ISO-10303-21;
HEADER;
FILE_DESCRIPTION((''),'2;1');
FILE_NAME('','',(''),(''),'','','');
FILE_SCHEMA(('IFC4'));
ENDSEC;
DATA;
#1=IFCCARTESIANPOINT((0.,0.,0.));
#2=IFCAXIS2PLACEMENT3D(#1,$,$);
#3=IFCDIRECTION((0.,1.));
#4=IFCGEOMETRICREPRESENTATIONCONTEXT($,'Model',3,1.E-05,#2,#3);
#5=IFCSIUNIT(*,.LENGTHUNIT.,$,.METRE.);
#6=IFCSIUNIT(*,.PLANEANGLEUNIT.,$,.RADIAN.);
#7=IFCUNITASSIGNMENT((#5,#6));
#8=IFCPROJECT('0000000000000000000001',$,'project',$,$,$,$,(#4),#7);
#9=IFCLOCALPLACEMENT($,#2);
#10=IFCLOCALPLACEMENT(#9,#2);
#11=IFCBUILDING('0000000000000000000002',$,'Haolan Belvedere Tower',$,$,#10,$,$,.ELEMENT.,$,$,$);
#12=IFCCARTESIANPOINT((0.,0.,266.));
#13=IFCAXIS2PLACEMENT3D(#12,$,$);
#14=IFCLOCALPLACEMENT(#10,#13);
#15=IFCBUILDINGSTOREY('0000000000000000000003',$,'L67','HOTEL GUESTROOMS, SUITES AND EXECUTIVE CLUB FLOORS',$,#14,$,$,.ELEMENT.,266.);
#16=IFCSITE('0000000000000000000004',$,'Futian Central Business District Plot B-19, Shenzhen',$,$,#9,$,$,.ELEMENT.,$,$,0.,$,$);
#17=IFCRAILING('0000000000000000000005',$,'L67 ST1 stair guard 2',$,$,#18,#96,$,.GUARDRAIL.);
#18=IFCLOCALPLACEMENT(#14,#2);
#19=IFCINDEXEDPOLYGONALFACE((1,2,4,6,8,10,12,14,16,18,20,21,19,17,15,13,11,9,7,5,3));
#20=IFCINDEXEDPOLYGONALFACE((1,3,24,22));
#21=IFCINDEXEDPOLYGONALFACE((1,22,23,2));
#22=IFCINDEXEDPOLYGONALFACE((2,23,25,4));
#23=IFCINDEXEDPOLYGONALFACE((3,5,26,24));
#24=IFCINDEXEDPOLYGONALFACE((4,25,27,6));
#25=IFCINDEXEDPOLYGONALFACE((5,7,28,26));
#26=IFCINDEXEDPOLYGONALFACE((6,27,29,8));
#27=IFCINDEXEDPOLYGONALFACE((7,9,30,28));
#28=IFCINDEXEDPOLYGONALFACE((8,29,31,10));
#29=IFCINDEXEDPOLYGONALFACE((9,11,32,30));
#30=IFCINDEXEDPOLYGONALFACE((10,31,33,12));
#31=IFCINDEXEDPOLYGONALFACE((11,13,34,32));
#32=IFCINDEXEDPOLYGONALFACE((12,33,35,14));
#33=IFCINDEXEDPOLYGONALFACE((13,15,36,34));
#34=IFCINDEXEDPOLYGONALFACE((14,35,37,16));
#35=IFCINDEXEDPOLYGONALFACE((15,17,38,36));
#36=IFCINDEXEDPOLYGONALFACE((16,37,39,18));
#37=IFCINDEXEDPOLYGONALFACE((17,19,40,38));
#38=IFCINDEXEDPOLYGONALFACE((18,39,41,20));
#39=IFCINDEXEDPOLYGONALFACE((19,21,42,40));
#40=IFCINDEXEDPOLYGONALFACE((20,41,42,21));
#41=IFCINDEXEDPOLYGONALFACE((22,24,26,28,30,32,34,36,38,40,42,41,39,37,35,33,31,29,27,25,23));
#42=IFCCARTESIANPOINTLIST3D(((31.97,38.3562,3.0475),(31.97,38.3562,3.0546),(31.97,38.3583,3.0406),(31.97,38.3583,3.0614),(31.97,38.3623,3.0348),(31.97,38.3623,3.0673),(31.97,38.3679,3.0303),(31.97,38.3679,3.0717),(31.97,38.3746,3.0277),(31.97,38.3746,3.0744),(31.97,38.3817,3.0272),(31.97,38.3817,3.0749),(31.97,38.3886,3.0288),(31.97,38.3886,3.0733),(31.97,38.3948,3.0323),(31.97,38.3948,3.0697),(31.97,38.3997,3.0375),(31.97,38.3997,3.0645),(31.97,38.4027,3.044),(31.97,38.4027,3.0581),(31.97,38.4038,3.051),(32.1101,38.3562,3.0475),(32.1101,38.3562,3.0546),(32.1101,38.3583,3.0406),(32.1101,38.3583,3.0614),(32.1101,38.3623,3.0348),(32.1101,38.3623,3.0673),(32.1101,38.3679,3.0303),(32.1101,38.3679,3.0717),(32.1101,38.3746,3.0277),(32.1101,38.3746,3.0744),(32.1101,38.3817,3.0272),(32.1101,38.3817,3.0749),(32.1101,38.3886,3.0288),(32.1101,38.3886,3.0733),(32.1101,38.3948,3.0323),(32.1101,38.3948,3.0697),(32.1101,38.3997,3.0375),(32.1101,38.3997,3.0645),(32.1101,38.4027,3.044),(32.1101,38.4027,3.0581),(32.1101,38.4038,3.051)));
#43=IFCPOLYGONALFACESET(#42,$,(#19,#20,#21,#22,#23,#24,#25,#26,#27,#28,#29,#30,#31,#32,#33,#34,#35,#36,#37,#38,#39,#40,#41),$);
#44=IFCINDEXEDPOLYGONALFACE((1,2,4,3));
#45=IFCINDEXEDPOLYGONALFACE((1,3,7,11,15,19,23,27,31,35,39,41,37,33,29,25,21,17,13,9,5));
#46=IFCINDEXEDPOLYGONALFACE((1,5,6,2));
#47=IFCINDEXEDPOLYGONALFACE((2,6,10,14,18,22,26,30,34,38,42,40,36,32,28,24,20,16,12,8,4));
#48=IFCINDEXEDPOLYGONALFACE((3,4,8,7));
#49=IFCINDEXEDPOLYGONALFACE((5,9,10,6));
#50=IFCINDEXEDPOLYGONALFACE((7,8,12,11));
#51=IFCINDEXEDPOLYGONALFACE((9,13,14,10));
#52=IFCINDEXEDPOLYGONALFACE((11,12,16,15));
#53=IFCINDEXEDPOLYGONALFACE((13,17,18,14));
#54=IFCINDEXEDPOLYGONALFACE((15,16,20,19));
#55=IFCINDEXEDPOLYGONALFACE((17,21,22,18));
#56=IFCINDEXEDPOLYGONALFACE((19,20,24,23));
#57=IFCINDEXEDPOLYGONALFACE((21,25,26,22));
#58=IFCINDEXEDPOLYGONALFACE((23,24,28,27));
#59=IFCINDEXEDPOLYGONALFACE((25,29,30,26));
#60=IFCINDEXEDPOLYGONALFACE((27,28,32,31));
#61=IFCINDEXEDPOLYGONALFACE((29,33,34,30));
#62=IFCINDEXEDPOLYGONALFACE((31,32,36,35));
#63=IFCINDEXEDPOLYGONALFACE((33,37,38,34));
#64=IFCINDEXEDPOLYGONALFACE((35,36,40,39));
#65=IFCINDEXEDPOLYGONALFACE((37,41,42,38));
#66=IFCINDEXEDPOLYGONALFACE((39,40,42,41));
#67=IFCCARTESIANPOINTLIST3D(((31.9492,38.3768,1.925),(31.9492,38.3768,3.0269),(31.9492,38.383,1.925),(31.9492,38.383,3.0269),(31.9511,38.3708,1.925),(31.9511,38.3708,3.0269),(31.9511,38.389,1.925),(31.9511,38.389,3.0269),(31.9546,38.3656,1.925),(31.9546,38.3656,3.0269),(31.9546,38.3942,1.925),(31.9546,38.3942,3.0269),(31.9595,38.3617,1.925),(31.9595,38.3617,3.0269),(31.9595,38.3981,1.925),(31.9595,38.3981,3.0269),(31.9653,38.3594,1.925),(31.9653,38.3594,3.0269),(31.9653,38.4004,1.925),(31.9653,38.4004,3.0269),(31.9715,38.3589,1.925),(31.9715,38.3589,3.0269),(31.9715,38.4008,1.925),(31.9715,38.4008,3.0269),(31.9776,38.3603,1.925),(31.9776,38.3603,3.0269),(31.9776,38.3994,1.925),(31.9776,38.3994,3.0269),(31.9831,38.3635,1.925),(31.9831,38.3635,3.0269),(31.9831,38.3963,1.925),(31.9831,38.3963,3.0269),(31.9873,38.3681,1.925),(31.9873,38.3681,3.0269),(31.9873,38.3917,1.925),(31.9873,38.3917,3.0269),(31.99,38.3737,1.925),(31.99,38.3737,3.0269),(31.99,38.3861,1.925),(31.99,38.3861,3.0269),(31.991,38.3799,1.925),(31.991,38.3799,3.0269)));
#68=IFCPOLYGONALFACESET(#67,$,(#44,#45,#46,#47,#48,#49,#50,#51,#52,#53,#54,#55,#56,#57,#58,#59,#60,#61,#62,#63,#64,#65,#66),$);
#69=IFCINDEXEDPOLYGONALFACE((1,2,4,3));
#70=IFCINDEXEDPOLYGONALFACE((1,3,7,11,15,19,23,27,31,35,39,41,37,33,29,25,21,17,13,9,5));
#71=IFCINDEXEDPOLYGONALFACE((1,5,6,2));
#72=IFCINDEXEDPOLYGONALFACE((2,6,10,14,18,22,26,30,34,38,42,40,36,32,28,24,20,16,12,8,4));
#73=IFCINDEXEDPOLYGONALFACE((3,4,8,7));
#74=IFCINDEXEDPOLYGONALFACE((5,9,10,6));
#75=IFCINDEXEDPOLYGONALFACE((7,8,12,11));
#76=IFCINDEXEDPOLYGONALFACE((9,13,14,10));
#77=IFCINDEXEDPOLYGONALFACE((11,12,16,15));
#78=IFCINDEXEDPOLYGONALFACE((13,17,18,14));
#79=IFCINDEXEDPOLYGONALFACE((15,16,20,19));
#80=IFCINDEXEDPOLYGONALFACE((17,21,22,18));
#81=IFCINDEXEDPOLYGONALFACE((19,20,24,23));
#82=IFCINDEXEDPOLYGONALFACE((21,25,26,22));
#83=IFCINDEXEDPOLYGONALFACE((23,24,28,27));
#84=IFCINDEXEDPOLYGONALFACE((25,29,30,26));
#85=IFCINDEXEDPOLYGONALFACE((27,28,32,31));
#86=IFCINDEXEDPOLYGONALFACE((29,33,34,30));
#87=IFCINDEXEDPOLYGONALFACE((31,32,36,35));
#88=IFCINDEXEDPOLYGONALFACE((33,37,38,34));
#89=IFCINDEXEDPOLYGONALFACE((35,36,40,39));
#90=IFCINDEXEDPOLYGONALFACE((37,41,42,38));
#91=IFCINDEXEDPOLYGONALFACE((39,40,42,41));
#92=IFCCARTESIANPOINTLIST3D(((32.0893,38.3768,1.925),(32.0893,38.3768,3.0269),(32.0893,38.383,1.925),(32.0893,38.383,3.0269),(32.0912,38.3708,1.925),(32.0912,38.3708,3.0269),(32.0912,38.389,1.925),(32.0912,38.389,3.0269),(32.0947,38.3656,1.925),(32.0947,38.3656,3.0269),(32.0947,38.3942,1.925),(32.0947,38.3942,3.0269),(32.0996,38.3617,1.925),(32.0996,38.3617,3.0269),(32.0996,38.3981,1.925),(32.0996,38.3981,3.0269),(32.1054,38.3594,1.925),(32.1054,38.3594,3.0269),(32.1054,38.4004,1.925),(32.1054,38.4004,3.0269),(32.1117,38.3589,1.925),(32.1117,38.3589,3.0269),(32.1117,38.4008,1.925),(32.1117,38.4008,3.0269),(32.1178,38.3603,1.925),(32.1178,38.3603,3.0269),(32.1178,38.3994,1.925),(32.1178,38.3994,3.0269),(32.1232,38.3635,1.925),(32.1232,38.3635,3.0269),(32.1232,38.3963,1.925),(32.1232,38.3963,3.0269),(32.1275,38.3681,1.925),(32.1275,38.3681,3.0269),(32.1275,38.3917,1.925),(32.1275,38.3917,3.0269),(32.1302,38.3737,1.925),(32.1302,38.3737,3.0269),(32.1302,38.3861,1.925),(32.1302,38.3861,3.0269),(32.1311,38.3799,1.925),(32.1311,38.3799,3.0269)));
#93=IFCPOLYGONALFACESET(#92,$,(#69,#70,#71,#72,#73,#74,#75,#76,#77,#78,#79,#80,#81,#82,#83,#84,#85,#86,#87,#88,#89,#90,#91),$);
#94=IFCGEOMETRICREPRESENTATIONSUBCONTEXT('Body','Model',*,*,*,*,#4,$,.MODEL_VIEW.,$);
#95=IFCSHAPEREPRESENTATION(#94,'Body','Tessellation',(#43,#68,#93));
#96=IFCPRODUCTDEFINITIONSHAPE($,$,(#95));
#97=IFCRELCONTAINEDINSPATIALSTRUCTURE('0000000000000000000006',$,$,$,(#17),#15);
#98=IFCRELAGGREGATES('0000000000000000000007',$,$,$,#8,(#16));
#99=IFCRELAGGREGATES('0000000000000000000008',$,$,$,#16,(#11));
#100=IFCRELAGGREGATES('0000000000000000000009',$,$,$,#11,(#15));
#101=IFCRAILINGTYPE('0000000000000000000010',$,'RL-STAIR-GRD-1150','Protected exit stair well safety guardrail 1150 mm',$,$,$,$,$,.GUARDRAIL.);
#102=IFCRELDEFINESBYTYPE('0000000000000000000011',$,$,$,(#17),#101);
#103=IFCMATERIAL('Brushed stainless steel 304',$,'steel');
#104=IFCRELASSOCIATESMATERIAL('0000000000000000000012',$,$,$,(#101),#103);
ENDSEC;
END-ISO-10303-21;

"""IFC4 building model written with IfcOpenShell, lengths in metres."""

from ifc_helpers import new_model, si_unit, direction, frame, origin, origin_2d, place, context, subcontext, project, spatial, circle, extrude, material, type_object, element, save


model = new_model("IFC4")

# Units and contexts
model_context = context("Model", 3, precision=1e-05, world=origin(), true_north=direction((0.0, 1.0)))
body_context = subcontext(model_context, "Body", "Model", "MODEL_VIEW")
ifc_project = project(units=[si_unit("LENGTHUNIT", "METRE"), si_unit("PLANEANGLEUNIT", "RADIAN")], contexts=[model_context])

# Site, building, storey
site_placement = place(None, origin())
site = spatial("IfcSite", under=ifc_project, at=site_placement, Name="Futian Central Business District Plot B-19, Shenzhen", CompositionType="ELEMENT", RefElevation=0.0)
building_placement = place(site_placement, origin())
building = spatial("IfcBuilding", under=site, at=building_placement, Name="Haolan Belvedere Tower", CompositionType="ELEMENT")
storey_placement = place(building_placement, frame((0.0, 0.0, 266.0)))
storey = spatial("IfcBuildingStorey", under=building, at=storey_placement, Name="L67", Description="HOTEL GUESTROOMS, SUITES AND EXECUTIVE CLUB FLOORS", CompositionType="ELEMENT", Elevation=266.0)

# Railing
ifc_material_1 = material(Name="Brushed stainless steel 304", Category="steel")
railing_type_1 = type_object("IfcRailingType", Name="RL-STAIR-GRD-1150", Description="Protected exit stair well safety guardrail 1150 mm", PredefinedType="GUARDRAIL", material=ifc_material_1)
railing_1_placement = place(storey_placement, frame((31.97, 38.3799, 1.925)))
element("IfcRailing", 1, at=railing_1_placement, inside=storey, type_object=railing_type_1, Name="L67 ST1 stair guard 2", PredefinedType="GUARDRAIL", context=body_context, shape_type="SweptSolid", body=[
    extrude(circle(Radius=0.0239, at=origin_2d()), frame((0.0, 0.0, 1.126), z_axis=(1.0, 0.0, 0.0), x_axis=(0.0, 1.0, 0.0)), (0.0, 0.0, 1.0), 0.1401),
    extrude(circle(Radius=0.021, at=origin_2d()), origin(), (0.0, 0.0, 1.0), 1.1018),
    extrude(circle(Radius=0.021, at=origin_2d()), frame((0.1401, 0.0, 0.0)), (0.0, 0.0, 1.0), 1.1018),
])

save(model, "model.ifc")
